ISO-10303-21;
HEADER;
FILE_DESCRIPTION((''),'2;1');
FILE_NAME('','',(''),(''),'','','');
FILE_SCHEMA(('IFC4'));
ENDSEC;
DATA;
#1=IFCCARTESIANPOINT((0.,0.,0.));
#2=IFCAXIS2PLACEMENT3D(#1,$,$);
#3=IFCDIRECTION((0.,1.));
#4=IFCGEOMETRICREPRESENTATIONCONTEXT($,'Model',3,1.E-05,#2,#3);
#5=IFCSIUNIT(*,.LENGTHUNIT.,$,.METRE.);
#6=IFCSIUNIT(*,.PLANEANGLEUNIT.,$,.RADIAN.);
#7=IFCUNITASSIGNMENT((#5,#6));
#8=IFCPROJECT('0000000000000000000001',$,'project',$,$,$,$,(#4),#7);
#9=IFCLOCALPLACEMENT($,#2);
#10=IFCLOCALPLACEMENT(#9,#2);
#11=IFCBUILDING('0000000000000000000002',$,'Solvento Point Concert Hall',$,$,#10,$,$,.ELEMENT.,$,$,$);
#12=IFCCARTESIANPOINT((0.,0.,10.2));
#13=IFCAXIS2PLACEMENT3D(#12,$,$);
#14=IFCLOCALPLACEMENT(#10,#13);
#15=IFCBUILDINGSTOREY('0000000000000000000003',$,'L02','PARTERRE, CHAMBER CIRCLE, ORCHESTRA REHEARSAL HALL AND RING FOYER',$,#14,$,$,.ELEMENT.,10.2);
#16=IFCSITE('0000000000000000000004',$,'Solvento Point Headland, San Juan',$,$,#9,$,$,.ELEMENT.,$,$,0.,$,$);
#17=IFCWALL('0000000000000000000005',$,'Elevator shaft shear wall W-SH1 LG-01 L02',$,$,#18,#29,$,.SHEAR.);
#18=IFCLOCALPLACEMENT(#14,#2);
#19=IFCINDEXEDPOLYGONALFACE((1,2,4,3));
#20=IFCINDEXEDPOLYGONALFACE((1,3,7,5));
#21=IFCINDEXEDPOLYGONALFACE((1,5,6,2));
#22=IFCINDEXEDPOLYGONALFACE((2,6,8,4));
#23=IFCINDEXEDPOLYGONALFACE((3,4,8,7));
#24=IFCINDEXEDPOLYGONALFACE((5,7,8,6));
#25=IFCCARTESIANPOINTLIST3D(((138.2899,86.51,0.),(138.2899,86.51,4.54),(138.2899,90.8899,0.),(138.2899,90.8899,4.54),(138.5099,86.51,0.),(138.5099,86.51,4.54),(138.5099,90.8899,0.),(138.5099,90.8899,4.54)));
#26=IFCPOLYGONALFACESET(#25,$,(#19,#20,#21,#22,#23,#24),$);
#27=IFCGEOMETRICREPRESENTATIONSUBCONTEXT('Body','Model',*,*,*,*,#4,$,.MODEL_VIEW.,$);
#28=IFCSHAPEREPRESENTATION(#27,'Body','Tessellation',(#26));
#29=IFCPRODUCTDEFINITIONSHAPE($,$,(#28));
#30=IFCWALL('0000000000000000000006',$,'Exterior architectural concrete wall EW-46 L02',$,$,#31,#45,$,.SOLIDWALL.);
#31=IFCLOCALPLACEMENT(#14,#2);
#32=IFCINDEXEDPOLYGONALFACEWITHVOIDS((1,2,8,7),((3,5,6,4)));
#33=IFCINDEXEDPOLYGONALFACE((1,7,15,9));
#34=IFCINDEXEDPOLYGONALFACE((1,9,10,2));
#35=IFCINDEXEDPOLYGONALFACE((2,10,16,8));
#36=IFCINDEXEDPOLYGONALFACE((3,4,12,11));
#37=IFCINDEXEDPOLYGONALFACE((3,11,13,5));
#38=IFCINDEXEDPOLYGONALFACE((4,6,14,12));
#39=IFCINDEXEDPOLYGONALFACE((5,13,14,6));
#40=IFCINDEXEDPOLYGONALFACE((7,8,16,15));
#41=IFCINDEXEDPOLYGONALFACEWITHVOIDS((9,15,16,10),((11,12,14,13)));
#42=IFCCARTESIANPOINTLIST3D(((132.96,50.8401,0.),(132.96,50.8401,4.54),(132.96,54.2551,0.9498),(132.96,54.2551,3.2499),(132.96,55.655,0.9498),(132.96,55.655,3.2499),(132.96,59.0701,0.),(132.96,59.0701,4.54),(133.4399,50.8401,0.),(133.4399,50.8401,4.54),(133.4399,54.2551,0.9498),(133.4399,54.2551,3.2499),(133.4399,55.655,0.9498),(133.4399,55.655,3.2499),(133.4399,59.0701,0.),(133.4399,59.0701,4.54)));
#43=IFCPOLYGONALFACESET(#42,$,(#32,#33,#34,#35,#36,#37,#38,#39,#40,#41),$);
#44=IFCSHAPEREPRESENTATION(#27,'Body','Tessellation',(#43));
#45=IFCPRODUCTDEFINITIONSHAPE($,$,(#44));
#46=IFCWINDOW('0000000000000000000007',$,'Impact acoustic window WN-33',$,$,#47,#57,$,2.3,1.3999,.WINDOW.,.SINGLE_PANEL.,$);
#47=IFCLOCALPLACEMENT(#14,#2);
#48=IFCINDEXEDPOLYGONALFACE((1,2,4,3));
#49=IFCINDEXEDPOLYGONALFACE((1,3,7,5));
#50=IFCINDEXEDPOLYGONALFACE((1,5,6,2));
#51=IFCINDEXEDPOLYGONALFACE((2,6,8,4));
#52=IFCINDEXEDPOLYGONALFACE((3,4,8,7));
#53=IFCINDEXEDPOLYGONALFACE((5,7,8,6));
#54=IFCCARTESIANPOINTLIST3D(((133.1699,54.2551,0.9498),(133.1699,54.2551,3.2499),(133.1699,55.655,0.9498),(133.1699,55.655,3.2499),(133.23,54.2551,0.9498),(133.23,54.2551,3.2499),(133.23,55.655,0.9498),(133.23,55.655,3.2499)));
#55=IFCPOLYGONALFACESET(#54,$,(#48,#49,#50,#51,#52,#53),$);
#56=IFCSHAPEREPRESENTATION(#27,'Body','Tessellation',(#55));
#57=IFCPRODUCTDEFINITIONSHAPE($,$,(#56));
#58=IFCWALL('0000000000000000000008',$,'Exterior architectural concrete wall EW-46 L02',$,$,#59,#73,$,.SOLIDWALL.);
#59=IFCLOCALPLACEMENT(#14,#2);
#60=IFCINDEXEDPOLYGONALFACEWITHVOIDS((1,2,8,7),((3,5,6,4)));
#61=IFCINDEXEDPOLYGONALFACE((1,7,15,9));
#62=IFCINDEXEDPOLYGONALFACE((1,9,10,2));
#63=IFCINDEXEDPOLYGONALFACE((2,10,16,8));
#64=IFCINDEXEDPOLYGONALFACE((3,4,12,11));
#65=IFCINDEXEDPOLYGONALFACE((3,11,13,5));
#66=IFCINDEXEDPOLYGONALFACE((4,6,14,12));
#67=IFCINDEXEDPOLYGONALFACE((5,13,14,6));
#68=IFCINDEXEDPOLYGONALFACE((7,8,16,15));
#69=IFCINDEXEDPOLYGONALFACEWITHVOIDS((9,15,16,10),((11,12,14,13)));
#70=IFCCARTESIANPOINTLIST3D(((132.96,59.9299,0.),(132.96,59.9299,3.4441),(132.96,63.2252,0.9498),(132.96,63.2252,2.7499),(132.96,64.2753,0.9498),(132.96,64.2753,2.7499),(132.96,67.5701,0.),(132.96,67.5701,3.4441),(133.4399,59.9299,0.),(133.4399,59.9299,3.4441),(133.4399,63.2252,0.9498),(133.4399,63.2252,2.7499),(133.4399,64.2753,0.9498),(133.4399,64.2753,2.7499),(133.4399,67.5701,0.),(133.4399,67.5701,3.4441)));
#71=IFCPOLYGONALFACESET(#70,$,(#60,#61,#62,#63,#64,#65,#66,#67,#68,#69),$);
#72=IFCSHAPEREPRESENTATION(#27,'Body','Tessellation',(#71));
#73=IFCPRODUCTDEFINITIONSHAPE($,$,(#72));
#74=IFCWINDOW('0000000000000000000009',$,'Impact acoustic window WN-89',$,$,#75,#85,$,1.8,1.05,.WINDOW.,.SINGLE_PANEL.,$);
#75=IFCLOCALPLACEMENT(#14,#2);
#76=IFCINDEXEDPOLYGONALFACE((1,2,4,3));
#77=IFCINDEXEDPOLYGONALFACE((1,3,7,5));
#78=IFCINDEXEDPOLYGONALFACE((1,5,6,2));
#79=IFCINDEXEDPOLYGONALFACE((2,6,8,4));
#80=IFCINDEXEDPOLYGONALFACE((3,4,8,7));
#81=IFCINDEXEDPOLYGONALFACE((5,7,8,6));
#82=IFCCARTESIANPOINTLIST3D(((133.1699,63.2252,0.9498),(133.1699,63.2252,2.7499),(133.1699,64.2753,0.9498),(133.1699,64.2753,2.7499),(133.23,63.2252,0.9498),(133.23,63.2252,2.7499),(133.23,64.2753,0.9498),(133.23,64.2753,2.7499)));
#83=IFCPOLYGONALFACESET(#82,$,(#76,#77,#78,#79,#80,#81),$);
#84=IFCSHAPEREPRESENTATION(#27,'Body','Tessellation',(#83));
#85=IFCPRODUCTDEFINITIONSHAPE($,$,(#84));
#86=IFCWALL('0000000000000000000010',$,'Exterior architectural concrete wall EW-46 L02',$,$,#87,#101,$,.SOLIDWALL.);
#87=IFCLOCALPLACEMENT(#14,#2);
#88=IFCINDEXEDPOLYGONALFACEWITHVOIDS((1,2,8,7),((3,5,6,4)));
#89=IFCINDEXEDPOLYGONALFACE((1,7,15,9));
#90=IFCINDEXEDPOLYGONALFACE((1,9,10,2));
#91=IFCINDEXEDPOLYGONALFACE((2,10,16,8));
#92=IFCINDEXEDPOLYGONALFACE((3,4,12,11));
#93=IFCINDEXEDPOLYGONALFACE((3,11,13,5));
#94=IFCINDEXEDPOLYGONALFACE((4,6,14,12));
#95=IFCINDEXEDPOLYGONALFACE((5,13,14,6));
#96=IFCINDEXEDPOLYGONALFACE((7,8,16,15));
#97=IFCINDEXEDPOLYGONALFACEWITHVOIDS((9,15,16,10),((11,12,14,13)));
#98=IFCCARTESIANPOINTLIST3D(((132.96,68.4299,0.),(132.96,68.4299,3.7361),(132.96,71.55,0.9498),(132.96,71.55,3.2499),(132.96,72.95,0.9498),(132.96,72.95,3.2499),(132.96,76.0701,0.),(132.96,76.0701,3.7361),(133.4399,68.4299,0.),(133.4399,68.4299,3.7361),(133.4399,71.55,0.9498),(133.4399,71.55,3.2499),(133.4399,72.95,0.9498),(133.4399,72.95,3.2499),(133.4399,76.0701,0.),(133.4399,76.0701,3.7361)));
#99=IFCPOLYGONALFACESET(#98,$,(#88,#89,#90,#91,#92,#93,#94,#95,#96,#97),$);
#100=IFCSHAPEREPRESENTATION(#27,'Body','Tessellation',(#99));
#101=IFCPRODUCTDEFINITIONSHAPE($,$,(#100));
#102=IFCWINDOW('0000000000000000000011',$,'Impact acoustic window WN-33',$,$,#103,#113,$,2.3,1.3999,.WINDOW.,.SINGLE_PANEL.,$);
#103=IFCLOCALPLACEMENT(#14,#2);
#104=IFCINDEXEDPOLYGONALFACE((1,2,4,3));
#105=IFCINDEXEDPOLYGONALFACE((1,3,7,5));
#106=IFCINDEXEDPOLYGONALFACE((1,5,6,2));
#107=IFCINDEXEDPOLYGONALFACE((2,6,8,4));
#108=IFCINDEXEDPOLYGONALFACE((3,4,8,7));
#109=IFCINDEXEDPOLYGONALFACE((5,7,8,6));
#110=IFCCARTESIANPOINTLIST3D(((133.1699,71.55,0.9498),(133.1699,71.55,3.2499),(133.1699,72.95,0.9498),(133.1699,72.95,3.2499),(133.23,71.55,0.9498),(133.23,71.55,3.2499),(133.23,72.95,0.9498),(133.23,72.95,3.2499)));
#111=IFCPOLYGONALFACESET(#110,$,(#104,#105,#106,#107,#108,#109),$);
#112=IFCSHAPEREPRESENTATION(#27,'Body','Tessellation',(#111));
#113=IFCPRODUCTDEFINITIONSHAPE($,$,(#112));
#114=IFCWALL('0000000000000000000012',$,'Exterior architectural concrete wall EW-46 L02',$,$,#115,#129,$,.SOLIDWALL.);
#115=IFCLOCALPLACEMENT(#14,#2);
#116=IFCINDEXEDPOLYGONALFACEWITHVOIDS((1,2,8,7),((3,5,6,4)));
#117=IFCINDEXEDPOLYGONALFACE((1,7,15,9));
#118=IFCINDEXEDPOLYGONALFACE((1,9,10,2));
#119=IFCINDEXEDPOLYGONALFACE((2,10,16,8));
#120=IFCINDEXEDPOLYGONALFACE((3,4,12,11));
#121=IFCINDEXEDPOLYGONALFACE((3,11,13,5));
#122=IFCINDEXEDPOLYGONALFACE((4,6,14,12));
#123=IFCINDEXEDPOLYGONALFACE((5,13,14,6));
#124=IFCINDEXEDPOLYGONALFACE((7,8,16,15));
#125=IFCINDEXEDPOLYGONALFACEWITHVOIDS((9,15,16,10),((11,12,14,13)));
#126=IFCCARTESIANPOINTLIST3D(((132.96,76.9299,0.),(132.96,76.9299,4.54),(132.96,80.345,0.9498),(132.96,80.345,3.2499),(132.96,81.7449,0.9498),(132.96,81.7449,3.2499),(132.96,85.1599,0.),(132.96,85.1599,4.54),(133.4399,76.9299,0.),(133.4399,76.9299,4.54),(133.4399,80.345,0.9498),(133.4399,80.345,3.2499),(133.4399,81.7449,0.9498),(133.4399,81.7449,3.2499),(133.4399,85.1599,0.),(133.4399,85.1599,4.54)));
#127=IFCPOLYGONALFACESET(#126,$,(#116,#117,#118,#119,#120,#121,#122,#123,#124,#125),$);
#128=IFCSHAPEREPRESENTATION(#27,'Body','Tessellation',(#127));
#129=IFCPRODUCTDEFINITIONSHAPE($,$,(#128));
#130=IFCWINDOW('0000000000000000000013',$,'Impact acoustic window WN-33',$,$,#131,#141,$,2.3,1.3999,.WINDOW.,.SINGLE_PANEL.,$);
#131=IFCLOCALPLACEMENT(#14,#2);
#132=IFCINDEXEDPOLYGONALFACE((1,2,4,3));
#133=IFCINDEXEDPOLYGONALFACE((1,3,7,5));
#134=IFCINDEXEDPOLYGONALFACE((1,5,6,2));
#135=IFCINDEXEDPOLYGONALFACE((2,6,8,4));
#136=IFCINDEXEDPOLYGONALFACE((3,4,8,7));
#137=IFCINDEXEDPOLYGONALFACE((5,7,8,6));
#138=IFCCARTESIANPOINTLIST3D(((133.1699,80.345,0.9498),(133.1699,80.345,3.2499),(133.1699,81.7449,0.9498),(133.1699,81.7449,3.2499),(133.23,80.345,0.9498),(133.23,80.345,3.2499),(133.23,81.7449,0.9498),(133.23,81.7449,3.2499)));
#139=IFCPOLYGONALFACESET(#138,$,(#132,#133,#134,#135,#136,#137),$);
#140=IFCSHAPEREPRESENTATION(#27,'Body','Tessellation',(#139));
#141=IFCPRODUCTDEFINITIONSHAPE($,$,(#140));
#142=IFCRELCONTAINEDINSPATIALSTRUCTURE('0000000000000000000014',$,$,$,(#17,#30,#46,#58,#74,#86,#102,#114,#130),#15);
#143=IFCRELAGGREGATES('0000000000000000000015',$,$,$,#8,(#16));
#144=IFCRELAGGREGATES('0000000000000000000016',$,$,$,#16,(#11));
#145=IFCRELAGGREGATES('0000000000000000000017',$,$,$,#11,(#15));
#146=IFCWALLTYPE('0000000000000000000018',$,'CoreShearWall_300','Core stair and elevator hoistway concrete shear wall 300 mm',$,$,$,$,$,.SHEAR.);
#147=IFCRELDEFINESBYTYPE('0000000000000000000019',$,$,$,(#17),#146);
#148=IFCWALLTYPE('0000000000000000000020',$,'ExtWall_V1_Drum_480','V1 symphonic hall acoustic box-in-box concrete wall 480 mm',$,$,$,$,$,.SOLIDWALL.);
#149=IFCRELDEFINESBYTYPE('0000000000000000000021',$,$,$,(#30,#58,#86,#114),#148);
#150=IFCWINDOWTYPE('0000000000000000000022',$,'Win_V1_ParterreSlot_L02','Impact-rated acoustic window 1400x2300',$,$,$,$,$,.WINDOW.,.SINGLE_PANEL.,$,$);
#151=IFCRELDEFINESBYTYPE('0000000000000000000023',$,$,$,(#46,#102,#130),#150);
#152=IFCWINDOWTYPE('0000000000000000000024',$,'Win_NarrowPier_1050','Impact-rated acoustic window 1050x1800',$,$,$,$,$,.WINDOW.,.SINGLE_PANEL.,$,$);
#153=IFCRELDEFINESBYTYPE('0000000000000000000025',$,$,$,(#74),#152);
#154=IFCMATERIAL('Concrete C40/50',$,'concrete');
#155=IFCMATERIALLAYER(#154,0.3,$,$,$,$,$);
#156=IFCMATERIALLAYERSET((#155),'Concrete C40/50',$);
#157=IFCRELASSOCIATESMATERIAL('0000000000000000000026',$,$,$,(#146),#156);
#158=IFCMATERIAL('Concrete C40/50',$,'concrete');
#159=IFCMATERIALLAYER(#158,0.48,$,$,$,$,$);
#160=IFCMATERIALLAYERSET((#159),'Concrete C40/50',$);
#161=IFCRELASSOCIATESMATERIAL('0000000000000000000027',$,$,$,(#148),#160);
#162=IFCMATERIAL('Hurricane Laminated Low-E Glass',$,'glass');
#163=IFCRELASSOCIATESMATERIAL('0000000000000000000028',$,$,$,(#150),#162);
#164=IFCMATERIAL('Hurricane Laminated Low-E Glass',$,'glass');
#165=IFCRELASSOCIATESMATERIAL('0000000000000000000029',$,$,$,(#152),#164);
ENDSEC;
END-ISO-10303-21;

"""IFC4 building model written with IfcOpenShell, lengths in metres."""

from ifc_helpers import new_model, si_unit, direction, frame, frame_2d, origin, place, context, subcontext, project, spatial, rectangle, extrude, material, layer, layer_set, type_object, element, fill, save


model = new_model("IFC4")

# Units and contexts
model_context = context("Model", 3, precision=1e-05, world=origin(), true_north=direction((0.0, 1.0)))
body_context = subcontext(model_context, "Body", "Model", "MODEL_VIEW")
ifc_project = project(units=[si_unit("LENGTHUNIT", "METRE"), si_unit("PLANEANGLEUNIT", "RADIAN")], contexts=[model_context])

# Site, building, storey
site_placement = place(None, origin())
site = spatial("IfcSite", under=ifc_project, at=site_placement, Name="Solvento Point Headland, San Juan", CompositionType="ELEMENT", RefElevation=0.0)
building_placement = place(site_placement, origin())
building = spatial("IfcBuilding", under=site, at=building_placement, Name="Solvento Point Concert Hall", CompositionType="ELEMENT")
storey_placement = place(building_placement, frame((0.0, 0.0, 10.2)))
storey = spatial("IfcBuildingStorey", under=building, at=storey_placement, Name="L02", Description="PARTERRE, CHAMBER CIRCLE, ORCHESTRA REHEARSAL HALL AND RING FOYER", CompositionType="ELEMENT", Elevation=10.2)

# Shared definitions
ifc_material_1 = material(Name="Concrete C40/50", Category="concrete")
ifc_layer_1 = layer(ifc_material_1, 0.3)
ifc_layer_set_1 = layer_set([ifc_layer_1], Name="Concrete C40/50")
wall_type_1 = type_object("IfcWallType", Name="CoreShearWall_300", Description="Core stair and elevator hoistway concrete shear wall 300 mm", PredefinedType="SHEAR", material=ifc_layer_set_1)

# Wall
wall_1_placement = place(storey_placement, frame((138.3999, 86.51, 0.0), z_axis=(0.0, 0.0, 1.0), x_axis=(0.0, 1.0, 0.0)))
element("IfcWall", 1, at=wall_1_placement, inside=storey, type_object=wall_type_1, Name="Elevator shaft shear wall W-SH1 LG-01 L02", PredefinedType="SHEAR", context=body_context, shape_type="SweptSolid", body=[
    extrude(rectangle(XDim=4.3799, YDim=0.22, at=frame_2d((2.1899, 0.0))), origin(), (0.0, 0.0, 1.0), 4.54),
])

# Walls, openings, windows
ifc_material_2 = material(Name="Concrete C40/50", Category="concrete")
ifc_layer_2 = layer(ifc_material_2, 0.48)
ifc_layer_set_2 = layer_set([ifc_layer_2], Name="Concrete C40/50")
wall_type_2 = type_object("IfcWallType", Name="ExtWall_V1_Drum_480", Description="V1 symphonic hall acoustic box-in-box concrete wall 480 mm", PredefinedType="SOLIDWALL", material=ifc_layer_set_2)
wall_2_placement = place(storey_placement, frame((133.2, 59.0701, 0.0), z_axis=(0.0, 0.0, 1.0), x_axis=(0.0, -1.0, 0.0)))
wall_2 = element("IfcWall", 2, at=wall_2_placement, inside=storey, type_object=wall_type_2, Name="Exterior architectural concrete wall EW-46 L02", PredefinedType="SOLIDWALL", context=body_context, shape_type="SweptSolid", body=[
    extrude(rectangle(XDim=8.23, YDim=0.48, at=frame_2d((4.115, 0.0))), origin(), (0.0, 0.0, 1.0), 4.54),
])
opening_1_placement = place(wall_2_placement, frame((3.415, 0.0, 0.95)))
opening_1 = element("IfcOpeningElement", 3, at=opening_1_placement, cuts=wall_2, PredefinedType="OPENING", context=body_context, shape_type="SweptSolid", body=[
    extrude(rectangle(XDim=1.3999, YDim=2.3, at=frame_2d((0.7, 1.1499))), frame((0.0, 0.25, 0.0), z_axis=(0.0, -1.0, 0.0), x_axis=(1.0, 0.0, 0.0)), (0.0, 0.0, 1.0), 0.5),
])
ifc_material_3 = material(Name="Hurricane Laminated Low-E Glass", Category="glass")
window_type_1 = type_object("IfcWindowType", Name="Win_V1_ParterreSlot_L02", Description="Impact-rated acoustic window 1400x2300", PartitioningType="SINGLE_PANEL", PredefinedType="WINDOW", material=ifc_material_3)
window_1_placement = place(opening_1_placement, origin())
window_1 = element("IfcWindow", 4, at=window_1_placement, inside=storey, type_object=window_type_1, Name="Impact acoustic window WN-33", OverallHeight=2.3, OverallWidth=1.3999, PartitioningType="SINGLE_PANEL", PredefinedType="WINDOW", context=body_context, shape_type="SweptSolid", body=[
    extrude(rectangle(XDim=1.3999, YDim=2.3, at=frame_2d((0.7, 1.1499))), frame((0.0, 0.03, 0.0), z_axis=(0.0, -1.0, 0.0), x_axis=(1.0, 0.0, 0.0)), (0.0, 0.0, 1.0), 0.0601),
])
fill(opening_1, window_1)
wall_3_placement = place(storey_placement, frame((133.2, 67.5701, 0.0), z_axis=(0.0, 0.0, 1.0), x_axis=(0.0, -1.0, 0.0)))
wall_3 = element("IfcWall", 5, at=wall_3_placement, inside=storey, type_object=wall_type_2, Name="Exterior architectural concrete wall EW-46 L02", PredefinedType="SOLIDWALL", context=body_context, shape_type="SweptSolid", body=[
    extrude(rectangle(XDim=7.6401, YDim=0.48, at=frame_2d((3.8201, 0.0))), origin(), (0.0, 0.0, 1.0), 3.4441),
])
opening_2_placement = place(wall_3_placement, frame((3.2949, 0.0, 0.95)))
opening_2 = element("IfcOpeningElement", 6, at=opening_2_placement, cuts=wall_3, PredefinedType="OPENING", context=body_context, shape_type="SweptSolid", body=[
    extrude(rectangle(XDim=1.05, YDim=1.8, at=frame_2d((0.5249, 0.8999))), frame((0.0, 0.25, 0.0), z_axis=(0.0, -1.0, 0.0), x_axis=(1.0, 0.0, 0.0)), (0.0, 0.0, 1.0), 0.5),
])
ifc_material_4 = material(Name="Hurricane Laminated Low-E Glass", Category="glass")
window_type_2 = type_object("IfcWindowType", Name="Win_NarrowPier_1050", Description="Impact-rated acoustic window 1050x1800", PartitioningType="SINGLE_PANEL", PredefinedType="WINDOW", material=ifc_material_4)
window_2_placement = place(opening_2_placement, origin())
window_2 = element("IfcWindow", 7, at=window_2_placement, inside=storey, type_object=window_type_2, Name="Impact acoustic window WN-89", OverallHeight=1.8, OverallWidth=1.05, PartitioningType="SINGLE_PANEL", PredefinedType="WINDOW", context=body_context, shape_type="SweptSolid", body=[
    extrude(rectangle(XDim=1.05, YDim=1.8, at=frame_2d((0.5249, 0.8999))), frame((0.0, 0.03, 0.0), z_axis=(0.0, -1.0, 0.0), x_axis=(1.0, 0.0, 0.0)), (0.0, 0.0, 1.0), 0.0601),
])
fill(opening_2, window_2)
wall_4_placement = place(storey_placement, frame((133.2, 76.0701, 0.0), z_axis=(0.0, 0.0, 1.0), x_axis=(0.0, -1.0, 0.0)))
wall_4 = element("IfcWall", 8, at=wall_4_placement, inside=storey, type_object=wall_type_2, Name="Exterior architectural concrete wall EW-46 L02", PredefinedType="SOLIDWALL", context=body_context, shape_type="SweptSolid", body=[
    extrude(rectangle(XDim=7.6401, YDim=0.48, at=frame_2d((3.8201, 0.0))), origin(), (0.0, 0.0, 1.0), 3.7361),
])
opening_3_placement = place(wall_4_placement, frame((3.1201, 0.0, 0.95)))
opening_3 = element("IfcOpeningElement", 9, at=opening_3_placement, cuts=wall_4, PredefinedType="OPENING", context=body_context, shape_type="SweptSolid", body=[
    extrude(rectangle(XDim=1.3999, YDim=2.3, at=frame_2d((0.7, 1.1499))), frame((0.0, 0.25, 0.0), z_axis=(0.0, -1.0, 0.0), x_axis=(1.0, 0.0, 0.0)), (0.0, 0.0, 1.0), 0.5),
])
window_3_placement = place(opening_3_placement, origin())
window_3 = element("IfcWindow", 10, at=window_3_placement, inside=storey, type_object=window_type_1, Name="Impact acoustic window WN-33", OverallHeight=2.3, OverallWidth=1.3999, PartitioningType="SINGLE_PANEL", PredefinedType="WINDOW", context=body_context, shape_type="SweptSolid", body=[
    extrude(rectangle(XDim=1.3999, YDim=2.3, at=frame_2d((0.7, 1.1499))), frame((0.0, 0.03, 0.0), z_axis=(0.0, -1.0, 0.0), x_axis=(1.0, 0.0, 0.0)), (0.0, 0.0, 1.0), 0.0601),
])
fill(opening_3, window_3)
wall_5_placement = place(storey_placement, frame((133.2, 85.1599, 0.0), z_axis=(0.0, 0.0, 1.0), x_axis=(0.0, -1.0, 0.0)))
wall_5 = element("IfcWall", 11, at=wall_5_placement, inside=storey, type_object=wall_type_2, Name="Exterior architectural concrete wall EW-46 L02", PredefinedType="SOLIDWALL", context=body_context, shape_type="SweptSolid", body=[
    extrude(rectangle(XDim=8.23, YDim=0.48, at=frame_2d((4.115, 0.0))), origin(), (0.0, 0.0, 1.0), 4.54),
])
opening_4_placement = place(wall_5_placement, frame((3.415, 0.0, 0.95)))
opening_4 = element("IfcOpeningElement", 12, at=opening_4_placement, cuts=wall_5, PredefinedType="OPENING", context=body_context, shape_type="SweptSolid", body=[
    extrude(rectangle(XDim=1.3999, YDim=2.3, at=frame_2d((0.7, 1.1499))), frame((0.0, 0.25, 0.0), z_axis=(0.0, -1.0, 0.0), x_axis=(1.0, 0.0, 0.0)), (0.0, 0.0, 1.0), 0.5),
])
window_4_placement = place(opening_4_placement, origin())
window_4 = element("IfcWindow", 13, at=window_4_placement, inside=storey, type_object=window_type_1, Name="Impact acoustic window WN-33", OverallHeight=2.3, OverallWidth=1.3999, PartitioningType="SINGLE_PANEL", PredefinedType="WINDOW", context=body_context, shape_type="SweptSolid", body=[
    extrude(rectangle(XDim=1.3999, YDim=2.3, at=frame_2d((0.7, 1.1499))), frame((0.0, 0.03, 0.0), z_axis=(0.0, -1.0, 0.0), x_axis=(1.0, 0.0, 0.0)), (0.0, 0.0, 1.0), 0.0601),
])
fill(opening_4, window_4)

save(model, "model.ifc")
